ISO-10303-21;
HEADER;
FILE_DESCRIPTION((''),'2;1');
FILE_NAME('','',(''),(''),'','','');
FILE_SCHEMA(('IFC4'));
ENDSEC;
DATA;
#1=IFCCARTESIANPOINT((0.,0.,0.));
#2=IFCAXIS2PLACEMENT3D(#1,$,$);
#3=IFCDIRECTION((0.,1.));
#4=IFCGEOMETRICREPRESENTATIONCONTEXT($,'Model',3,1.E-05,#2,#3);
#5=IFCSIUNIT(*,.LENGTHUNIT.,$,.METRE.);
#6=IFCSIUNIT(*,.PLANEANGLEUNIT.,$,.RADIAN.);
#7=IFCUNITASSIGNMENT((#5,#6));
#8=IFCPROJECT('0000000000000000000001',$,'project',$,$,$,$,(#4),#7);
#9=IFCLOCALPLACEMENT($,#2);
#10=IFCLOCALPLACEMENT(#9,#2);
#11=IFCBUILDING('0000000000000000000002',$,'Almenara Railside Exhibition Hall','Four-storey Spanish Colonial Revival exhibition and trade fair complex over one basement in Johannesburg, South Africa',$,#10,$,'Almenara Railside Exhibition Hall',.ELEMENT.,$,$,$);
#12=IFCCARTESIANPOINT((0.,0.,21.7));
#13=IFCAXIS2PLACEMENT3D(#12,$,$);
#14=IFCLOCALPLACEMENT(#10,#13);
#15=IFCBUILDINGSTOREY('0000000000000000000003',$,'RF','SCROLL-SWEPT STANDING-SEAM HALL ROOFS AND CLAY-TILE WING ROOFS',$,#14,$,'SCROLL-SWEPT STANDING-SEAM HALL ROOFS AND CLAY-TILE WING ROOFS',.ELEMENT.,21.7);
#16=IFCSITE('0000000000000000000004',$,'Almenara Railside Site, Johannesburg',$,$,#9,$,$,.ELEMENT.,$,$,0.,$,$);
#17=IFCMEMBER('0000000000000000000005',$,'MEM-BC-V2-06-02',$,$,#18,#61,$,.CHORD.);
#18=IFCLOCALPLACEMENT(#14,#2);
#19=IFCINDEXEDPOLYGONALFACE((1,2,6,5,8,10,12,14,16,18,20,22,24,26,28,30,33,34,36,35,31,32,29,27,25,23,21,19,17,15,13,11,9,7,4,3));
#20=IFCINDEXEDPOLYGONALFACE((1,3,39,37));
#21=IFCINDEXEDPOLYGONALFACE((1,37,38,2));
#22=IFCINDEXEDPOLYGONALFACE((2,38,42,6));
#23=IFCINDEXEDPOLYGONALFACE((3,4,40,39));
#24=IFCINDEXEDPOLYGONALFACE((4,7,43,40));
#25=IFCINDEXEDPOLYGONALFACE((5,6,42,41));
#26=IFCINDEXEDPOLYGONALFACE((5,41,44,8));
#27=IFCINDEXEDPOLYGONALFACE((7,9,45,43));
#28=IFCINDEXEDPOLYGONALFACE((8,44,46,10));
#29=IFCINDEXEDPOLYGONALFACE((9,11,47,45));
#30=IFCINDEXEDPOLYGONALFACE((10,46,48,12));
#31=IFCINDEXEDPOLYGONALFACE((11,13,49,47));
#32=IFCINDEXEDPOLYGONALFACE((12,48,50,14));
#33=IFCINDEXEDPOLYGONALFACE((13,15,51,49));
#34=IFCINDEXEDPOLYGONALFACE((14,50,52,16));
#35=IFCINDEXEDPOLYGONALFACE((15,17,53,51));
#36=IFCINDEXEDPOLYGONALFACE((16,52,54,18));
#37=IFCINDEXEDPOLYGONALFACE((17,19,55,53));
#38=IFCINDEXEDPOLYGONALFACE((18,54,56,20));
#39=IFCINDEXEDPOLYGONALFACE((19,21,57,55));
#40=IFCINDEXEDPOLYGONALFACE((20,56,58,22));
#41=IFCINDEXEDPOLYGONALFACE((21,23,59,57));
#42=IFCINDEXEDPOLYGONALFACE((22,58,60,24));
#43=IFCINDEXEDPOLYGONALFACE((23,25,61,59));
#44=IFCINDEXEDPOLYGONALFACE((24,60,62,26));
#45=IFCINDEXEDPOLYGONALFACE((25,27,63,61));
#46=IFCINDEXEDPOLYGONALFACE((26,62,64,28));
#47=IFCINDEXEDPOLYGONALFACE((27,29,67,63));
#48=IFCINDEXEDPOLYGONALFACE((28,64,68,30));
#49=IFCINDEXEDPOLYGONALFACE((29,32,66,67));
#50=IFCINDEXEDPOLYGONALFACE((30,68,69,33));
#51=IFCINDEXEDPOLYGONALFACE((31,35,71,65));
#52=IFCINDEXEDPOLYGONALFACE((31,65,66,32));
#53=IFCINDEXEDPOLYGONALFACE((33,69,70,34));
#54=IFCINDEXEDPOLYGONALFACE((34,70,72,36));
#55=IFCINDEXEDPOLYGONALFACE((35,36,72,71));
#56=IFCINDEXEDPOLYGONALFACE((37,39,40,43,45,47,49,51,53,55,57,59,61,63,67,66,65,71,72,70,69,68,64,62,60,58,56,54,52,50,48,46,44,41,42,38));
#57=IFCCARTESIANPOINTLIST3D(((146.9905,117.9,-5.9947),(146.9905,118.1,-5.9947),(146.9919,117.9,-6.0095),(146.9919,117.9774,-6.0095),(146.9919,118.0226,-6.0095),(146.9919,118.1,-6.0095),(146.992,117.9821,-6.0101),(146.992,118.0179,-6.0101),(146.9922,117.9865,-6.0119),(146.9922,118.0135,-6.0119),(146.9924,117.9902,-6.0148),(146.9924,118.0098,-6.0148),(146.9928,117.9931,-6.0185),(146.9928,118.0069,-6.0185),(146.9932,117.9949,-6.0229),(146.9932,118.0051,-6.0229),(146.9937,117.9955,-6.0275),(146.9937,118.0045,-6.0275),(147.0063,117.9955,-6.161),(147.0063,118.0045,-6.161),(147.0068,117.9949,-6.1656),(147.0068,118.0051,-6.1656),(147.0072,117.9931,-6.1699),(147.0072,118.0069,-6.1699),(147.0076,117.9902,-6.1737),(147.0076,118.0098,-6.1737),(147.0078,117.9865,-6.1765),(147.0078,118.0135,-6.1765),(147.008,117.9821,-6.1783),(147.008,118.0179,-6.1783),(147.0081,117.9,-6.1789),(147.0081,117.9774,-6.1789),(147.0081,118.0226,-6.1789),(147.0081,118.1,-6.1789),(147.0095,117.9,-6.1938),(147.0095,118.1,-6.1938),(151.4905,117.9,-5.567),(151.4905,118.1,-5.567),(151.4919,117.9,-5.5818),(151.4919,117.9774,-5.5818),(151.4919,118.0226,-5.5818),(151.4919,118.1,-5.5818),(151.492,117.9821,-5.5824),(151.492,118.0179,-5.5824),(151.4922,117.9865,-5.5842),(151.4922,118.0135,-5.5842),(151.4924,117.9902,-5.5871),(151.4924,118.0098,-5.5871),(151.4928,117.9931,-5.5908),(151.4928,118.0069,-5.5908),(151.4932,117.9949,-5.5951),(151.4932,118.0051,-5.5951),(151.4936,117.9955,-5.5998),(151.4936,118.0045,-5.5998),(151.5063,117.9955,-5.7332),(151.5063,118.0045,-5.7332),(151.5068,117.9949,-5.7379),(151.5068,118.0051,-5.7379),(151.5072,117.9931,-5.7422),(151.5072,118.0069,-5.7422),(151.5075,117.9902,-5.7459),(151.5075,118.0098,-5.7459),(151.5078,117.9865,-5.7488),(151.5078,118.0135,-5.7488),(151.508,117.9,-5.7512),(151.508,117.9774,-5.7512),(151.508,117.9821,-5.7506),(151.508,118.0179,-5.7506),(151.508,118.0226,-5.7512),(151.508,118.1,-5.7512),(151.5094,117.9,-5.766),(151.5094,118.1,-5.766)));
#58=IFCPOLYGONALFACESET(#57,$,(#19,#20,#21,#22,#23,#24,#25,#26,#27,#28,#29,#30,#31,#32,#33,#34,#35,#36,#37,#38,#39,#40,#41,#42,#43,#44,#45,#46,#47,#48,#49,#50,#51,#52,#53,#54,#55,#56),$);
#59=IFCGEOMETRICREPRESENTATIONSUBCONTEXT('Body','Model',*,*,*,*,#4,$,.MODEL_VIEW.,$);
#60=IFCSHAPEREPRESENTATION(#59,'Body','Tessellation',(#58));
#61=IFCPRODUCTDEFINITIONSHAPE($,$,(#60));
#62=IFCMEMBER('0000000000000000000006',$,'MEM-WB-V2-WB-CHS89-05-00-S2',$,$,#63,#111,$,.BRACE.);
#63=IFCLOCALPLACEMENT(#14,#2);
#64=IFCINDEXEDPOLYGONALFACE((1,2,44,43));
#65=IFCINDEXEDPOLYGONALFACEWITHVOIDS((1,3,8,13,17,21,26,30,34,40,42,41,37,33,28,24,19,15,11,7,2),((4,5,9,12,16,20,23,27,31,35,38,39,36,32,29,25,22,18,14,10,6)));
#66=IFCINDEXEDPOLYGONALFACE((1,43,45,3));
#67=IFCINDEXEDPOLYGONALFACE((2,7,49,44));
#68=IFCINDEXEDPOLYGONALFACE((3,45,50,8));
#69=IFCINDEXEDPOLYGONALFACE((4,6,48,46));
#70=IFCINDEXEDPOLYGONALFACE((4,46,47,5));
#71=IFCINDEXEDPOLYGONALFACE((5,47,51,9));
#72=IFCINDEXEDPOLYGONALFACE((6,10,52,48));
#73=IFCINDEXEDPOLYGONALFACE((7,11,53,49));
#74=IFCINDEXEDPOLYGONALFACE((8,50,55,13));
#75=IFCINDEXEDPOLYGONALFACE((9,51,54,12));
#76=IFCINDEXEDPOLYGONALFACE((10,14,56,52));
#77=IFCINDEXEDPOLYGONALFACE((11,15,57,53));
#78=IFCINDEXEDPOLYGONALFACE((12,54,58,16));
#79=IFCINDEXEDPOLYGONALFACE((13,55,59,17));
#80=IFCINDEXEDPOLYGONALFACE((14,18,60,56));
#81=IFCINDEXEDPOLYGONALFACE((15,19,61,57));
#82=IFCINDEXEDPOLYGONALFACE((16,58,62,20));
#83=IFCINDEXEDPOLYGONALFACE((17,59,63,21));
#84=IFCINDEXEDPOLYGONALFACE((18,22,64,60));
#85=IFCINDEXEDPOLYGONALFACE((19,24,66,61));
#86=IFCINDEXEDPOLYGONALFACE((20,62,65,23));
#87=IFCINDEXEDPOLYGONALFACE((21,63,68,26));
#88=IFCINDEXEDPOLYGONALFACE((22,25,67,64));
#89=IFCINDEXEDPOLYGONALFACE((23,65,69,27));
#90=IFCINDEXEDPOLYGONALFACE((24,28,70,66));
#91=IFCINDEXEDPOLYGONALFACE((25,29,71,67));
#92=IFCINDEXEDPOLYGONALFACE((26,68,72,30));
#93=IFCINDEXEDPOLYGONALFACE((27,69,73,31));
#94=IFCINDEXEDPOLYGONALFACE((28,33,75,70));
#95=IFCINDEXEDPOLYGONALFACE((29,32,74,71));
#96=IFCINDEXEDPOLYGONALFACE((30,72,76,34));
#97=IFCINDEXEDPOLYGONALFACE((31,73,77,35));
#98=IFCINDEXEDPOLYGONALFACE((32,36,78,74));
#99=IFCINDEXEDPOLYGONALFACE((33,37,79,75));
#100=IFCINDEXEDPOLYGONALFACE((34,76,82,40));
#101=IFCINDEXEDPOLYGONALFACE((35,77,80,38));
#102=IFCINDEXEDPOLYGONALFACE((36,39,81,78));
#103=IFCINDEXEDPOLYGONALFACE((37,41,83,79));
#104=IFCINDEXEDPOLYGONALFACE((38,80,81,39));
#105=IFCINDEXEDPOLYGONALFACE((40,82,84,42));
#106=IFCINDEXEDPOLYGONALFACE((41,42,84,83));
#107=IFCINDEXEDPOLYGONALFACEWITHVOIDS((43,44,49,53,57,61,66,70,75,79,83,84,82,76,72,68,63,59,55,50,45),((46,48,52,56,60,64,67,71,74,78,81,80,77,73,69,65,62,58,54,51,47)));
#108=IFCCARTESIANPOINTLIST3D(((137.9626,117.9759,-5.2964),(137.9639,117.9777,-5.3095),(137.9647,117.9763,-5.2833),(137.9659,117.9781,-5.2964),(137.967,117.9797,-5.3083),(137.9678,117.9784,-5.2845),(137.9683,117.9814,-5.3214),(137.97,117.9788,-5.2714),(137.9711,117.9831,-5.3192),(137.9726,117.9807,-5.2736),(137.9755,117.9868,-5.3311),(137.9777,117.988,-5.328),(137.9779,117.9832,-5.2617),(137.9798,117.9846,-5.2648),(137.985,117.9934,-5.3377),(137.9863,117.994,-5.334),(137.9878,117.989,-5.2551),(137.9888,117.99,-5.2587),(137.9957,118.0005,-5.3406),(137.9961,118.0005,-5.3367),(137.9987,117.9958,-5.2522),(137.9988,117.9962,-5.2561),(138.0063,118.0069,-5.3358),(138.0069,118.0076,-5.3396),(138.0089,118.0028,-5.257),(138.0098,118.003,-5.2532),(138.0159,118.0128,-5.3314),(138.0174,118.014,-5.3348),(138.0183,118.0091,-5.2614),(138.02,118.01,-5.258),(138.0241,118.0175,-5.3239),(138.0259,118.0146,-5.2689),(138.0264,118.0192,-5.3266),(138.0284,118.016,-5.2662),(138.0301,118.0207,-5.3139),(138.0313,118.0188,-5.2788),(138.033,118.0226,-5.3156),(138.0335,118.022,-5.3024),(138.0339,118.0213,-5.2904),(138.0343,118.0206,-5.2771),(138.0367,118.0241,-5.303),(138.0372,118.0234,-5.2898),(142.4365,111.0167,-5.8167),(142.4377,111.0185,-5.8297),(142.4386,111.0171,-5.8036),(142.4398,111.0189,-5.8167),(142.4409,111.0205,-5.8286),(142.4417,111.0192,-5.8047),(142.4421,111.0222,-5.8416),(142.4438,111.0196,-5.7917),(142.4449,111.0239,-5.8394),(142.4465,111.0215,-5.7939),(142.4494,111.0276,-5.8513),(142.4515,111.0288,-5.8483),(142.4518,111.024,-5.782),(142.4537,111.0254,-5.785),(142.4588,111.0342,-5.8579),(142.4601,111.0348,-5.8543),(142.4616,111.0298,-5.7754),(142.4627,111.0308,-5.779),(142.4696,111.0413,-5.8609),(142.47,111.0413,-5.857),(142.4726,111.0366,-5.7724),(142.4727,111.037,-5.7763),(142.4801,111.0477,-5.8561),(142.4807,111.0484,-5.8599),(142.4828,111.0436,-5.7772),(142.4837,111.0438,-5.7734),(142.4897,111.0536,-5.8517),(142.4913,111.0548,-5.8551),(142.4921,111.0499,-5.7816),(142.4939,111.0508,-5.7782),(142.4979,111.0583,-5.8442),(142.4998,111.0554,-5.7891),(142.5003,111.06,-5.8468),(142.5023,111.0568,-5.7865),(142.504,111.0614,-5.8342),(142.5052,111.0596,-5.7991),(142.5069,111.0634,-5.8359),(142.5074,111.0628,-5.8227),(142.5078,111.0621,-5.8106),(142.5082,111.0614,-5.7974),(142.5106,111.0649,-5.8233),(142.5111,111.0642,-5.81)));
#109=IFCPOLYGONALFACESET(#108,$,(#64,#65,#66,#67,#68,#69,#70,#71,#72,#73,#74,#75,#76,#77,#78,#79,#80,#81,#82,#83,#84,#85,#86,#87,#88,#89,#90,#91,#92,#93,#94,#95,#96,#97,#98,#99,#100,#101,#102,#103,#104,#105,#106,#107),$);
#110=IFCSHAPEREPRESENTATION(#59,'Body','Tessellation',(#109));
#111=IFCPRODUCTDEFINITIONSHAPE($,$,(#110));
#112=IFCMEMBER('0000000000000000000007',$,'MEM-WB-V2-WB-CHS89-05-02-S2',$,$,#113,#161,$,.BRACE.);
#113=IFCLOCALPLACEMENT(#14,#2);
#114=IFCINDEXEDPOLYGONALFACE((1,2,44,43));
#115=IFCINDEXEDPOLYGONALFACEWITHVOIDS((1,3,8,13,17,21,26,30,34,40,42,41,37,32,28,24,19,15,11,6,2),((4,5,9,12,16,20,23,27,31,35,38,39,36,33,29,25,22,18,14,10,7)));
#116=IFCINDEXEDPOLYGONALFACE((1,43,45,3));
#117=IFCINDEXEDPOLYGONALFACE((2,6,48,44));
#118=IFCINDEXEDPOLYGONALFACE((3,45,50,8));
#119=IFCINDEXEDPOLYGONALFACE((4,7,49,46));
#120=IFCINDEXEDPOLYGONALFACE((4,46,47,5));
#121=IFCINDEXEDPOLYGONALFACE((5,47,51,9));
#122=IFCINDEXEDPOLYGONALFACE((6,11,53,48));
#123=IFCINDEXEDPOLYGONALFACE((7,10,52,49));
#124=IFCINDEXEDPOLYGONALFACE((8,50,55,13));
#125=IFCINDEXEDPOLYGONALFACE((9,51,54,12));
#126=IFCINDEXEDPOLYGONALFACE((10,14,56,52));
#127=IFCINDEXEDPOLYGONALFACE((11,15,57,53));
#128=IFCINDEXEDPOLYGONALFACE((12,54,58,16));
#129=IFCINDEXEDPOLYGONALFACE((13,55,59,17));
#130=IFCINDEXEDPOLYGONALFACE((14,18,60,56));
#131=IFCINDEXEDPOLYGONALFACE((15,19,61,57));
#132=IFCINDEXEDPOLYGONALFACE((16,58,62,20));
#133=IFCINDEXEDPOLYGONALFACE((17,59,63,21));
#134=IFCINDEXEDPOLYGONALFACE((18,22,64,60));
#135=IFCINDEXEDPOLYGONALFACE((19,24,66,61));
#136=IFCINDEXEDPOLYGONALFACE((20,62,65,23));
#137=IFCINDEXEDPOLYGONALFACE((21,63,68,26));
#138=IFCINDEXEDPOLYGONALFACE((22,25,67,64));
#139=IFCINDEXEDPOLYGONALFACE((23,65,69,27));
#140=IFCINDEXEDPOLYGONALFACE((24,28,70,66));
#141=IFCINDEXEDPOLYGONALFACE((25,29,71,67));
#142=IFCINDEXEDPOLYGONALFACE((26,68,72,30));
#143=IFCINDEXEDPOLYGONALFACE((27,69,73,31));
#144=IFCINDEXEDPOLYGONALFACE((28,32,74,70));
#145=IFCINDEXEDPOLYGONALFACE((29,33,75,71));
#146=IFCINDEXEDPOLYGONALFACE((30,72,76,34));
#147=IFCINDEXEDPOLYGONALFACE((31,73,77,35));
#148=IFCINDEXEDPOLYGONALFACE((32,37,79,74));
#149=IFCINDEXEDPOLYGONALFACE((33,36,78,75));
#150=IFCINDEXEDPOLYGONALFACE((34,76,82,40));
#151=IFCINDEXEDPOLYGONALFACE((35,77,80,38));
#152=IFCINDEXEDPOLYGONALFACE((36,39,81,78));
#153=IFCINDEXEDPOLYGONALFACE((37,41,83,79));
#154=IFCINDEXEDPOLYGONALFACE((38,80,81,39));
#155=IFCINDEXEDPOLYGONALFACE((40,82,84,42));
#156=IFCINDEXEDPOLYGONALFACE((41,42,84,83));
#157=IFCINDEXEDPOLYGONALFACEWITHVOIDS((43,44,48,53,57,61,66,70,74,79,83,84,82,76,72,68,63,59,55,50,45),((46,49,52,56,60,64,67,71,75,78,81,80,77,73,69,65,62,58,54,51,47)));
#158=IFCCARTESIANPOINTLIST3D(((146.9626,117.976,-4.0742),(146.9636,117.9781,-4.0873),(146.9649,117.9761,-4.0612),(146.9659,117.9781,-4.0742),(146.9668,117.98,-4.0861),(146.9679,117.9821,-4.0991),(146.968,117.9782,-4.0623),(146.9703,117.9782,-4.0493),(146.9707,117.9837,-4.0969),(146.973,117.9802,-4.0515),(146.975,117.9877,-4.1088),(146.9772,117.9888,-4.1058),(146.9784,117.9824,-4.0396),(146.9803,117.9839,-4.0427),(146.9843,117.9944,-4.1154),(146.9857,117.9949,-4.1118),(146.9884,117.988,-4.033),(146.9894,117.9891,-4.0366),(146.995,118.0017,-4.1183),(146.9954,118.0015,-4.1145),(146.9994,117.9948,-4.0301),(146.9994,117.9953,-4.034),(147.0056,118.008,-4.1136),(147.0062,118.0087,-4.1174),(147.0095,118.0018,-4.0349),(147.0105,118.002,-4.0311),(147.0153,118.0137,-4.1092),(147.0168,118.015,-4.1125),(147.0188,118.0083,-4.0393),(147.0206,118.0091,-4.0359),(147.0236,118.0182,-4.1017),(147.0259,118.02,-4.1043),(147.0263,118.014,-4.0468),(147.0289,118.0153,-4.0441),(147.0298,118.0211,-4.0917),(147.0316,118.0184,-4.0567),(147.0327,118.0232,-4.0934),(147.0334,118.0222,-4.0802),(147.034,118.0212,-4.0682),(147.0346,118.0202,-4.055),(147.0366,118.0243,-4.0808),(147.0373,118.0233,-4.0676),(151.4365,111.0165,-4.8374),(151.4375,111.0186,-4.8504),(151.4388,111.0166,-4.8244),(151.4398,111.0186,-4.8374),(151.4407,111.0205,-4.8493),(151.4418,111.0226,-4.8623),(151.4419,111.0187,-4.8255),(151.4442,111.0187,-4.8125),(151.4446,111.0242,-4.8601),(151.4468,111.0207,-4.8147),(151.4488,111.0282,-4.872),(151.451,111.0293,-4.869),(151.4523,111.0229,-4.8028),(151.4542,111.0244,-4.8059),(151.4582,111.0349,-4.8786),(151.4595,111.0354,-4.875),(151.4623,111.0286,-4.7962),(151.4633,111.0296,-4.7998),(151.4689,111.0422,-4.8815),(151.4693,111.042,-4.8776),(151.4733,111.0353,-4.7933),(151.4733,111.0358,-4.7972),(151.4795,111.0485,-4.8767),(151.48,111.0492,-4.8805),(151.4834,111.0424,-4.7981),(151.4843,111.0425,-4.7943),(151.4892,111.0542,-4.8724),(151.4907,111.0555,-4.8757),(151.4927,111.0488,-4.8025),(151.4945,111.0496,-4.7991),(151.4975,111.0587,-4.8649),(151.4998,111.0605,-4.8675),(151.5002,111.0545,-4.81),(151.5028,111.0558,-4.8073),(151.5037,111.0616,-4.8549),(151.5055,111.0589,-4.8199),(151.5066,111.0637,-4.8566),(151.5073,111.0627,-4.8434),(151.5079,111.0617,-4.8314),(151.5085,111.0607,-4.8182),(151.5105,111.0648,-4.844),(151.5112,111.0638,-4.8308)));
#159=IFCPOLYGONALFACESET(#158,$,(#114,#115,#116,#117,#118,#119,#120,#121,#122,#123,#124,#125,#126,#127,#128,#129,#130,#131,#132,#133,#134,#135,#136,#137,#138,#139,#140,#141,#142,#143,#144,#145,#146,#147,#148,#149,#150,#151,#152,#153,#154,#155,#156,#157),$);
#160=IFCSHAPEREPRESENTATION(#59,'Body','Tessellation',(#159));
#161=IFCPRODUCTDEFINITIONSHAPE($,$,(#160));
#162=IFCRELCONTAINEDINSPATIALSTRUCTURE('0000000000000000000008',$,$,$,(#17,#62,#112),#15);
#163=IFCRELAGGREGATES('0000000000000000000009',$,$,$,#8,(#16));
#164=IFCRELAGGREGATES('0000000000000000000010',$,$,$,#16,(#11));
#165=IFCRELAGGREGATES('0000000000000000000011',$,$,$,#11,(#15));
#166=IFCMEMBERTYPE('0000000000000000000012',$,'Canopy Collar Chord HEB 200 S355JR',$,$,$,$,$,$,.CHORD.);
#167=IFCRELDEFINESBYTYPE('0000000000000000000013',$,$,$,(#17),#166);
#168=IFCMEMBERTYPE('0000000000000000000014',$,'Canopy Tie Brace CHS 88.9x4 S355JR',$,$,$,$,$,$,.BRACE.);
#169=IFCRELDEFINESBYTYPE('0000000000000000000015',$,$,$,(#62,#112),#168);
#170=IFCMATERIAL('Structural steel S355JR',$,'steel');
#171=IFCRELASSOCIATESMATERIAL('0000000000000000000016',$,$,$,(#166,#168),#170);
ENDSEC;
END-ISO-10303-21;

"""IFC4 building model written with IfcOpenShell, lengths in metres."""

from ifc_helpers import new_model, si_unit, direction, frame, origin, origin_2d, place, context, subcontext, project, spatial, hollow_circle, i_section, extrude, material, material_profile, profile_set, type_object, element, save


model = new_model("IFC4")

# Units and contexts
model_context = context("Model", 3, precision=1e-05, world=origin(), true_north=direction((0.0, 1.0)))
body_context = subcontext(model_context, "Body", "Model", "MODEL_VIEW")
ifc_project = project(units=[si_unit("LENGTHUNIT", "METRE"), si_unit("PLANEANGLEUNIT", "RADIAN")], contexts=[model_context])

# Site, building, storey
site_placement = place(None, origin())
site = spatial("IfcSite", under=ifc_project, at=site_placement, Name="Almenara Railside Site, Johannesburg", CompositionType="ELEMENT", RefElevation=0.0)
building_placement = place(site_placement, origin())
building = spatial("IfcBuilding", under=site, at=building_placement, Name="Almenara Railside Exhibition Hall", Description="Four-storey Spanish Colonial Revival exhibition and trade fair complex over one basement in Johannesburg, South Africa", LongName="Almenara Railside Exhibition Hall", CompositionType="ELEMENT")
storey_placement = place(building_placement, frame((0.0, 0.0, 21.7)))
storey = spatial("IfcBuildingStorey", under=building, at=storey_placement, Name="RF", Description="SCROLL-SWEPT STANDING-SEAM HALL ROOFS AND CLAY-TILE WING ROOFS", LongName="SCROLL-SWEPT STANDING-SEAM HALL ROOFS AND CLAY-TILE WING ROOFS", CompositionType="ELEMENT", Elevation=21.7)

# Shared definitions
ifc_material_1 = material(Name="Structural steel S355JR", Category="steel")

# Members
ifc_material_profile_1 = material_profile(ifc_material_1, i_section(OverallWidth=0.2, OverallDepth=0.2, WebThickness=0.009, FlangeThickness=0.0149, FilletRadius=0.0181, at=origin_2d()), Name="HEB 200")
ifc_profile_set_1 = profile_set([ifc_material_profile_1], Name="Structural steel S355JR")
member_type_1 = type_object("IfcMemberType", Name="Canopy Collar Chord HEB 200 S355JR", PredefinedType="CHORD", material=ifc_profile_set_1)
member_1_placement = place(storey_placement, frame((147.0, 118.0, -6.0942), z_axis=(0.995513, 0.0, 0.094626), x_axis=(0.0, 1.0, 0.0)))
element("IfcMember", 1, at=member_1_placement, inside=storey, type_object=member_type_1, Name="MEM-BC-V2-06-02", PredefinedType="CHORD", context=body_context, shape_type="SweptSolid", body=[
    extrude(i_section(OverallWidth=0.2, OverallDepth=0.2, WebThickness=0.009, FlangeThickness=0.0149, FilletRadius=0.0181, at=origin_2d()), origin(), (0.0, 0.0, 1.0), 4.5203),
])
ifc_material_profile_2 = material_profile(ifc_material_1, hollow_circle(Radius=0.0444, WallThickness=0.0039, at=origin_2d()), Name="CHS 88.9x4")
ifc_profile_set_2 = profile_set([ifc_material_profile_2], Name="Structural steel S355JR")
member_type_2 = type_object("IfcMemberType", Name="Canopy Tie Brace CHS 88.9x4 S355JR", PredefinedType="BRACE", material=ifc_profile_set_2)
member_2_placement = place(storey_placement, frame((142.4739, 111.0408, -5.8167), z_axis=(-0.539699, 0.839515, 0.062761), x_axis=(-0.841174, -0.540765, 0.0)))
element("IfcMember", 2, at=member_2_placement, inside=storey, type_object=member_type_2, Name="MEM-WB-V2-WB-CHS89-05-00-S2", PredefinedType="BRACE", context=body_context, shape_type="SweptSolid", body=[
    extrude(hollow_circle(Radius=0.0444, WallThickness=0.0039, at=origin_2d()), origin(), (0.0, 0.0, 1.0), 8.2896),
])
member_3_placement = place(storey_placement, frame((151.4739, 111.0405, -4.8374), z_axis=(-0.538466, 0.837626, 0.091855), x_axis=(-0.841182, -0.540752, 0.0)))
element("IfcMember", 3, at=member_3_placement, inside=storey, type_object=member_type_2, Name="MEM-WB-V2-WB-CHS89-05-02-S2", PredefinedType="BRACE", context=body_context, shape_type="SweptSolid", body=[
    extrude(hollow_circle(Radius=0.0444, WallThickness=0.0039, at=origin_2d()), origin(), (0.0, 0.0, 1.0), 8.3086),
])

save(model, "model.ifc")
